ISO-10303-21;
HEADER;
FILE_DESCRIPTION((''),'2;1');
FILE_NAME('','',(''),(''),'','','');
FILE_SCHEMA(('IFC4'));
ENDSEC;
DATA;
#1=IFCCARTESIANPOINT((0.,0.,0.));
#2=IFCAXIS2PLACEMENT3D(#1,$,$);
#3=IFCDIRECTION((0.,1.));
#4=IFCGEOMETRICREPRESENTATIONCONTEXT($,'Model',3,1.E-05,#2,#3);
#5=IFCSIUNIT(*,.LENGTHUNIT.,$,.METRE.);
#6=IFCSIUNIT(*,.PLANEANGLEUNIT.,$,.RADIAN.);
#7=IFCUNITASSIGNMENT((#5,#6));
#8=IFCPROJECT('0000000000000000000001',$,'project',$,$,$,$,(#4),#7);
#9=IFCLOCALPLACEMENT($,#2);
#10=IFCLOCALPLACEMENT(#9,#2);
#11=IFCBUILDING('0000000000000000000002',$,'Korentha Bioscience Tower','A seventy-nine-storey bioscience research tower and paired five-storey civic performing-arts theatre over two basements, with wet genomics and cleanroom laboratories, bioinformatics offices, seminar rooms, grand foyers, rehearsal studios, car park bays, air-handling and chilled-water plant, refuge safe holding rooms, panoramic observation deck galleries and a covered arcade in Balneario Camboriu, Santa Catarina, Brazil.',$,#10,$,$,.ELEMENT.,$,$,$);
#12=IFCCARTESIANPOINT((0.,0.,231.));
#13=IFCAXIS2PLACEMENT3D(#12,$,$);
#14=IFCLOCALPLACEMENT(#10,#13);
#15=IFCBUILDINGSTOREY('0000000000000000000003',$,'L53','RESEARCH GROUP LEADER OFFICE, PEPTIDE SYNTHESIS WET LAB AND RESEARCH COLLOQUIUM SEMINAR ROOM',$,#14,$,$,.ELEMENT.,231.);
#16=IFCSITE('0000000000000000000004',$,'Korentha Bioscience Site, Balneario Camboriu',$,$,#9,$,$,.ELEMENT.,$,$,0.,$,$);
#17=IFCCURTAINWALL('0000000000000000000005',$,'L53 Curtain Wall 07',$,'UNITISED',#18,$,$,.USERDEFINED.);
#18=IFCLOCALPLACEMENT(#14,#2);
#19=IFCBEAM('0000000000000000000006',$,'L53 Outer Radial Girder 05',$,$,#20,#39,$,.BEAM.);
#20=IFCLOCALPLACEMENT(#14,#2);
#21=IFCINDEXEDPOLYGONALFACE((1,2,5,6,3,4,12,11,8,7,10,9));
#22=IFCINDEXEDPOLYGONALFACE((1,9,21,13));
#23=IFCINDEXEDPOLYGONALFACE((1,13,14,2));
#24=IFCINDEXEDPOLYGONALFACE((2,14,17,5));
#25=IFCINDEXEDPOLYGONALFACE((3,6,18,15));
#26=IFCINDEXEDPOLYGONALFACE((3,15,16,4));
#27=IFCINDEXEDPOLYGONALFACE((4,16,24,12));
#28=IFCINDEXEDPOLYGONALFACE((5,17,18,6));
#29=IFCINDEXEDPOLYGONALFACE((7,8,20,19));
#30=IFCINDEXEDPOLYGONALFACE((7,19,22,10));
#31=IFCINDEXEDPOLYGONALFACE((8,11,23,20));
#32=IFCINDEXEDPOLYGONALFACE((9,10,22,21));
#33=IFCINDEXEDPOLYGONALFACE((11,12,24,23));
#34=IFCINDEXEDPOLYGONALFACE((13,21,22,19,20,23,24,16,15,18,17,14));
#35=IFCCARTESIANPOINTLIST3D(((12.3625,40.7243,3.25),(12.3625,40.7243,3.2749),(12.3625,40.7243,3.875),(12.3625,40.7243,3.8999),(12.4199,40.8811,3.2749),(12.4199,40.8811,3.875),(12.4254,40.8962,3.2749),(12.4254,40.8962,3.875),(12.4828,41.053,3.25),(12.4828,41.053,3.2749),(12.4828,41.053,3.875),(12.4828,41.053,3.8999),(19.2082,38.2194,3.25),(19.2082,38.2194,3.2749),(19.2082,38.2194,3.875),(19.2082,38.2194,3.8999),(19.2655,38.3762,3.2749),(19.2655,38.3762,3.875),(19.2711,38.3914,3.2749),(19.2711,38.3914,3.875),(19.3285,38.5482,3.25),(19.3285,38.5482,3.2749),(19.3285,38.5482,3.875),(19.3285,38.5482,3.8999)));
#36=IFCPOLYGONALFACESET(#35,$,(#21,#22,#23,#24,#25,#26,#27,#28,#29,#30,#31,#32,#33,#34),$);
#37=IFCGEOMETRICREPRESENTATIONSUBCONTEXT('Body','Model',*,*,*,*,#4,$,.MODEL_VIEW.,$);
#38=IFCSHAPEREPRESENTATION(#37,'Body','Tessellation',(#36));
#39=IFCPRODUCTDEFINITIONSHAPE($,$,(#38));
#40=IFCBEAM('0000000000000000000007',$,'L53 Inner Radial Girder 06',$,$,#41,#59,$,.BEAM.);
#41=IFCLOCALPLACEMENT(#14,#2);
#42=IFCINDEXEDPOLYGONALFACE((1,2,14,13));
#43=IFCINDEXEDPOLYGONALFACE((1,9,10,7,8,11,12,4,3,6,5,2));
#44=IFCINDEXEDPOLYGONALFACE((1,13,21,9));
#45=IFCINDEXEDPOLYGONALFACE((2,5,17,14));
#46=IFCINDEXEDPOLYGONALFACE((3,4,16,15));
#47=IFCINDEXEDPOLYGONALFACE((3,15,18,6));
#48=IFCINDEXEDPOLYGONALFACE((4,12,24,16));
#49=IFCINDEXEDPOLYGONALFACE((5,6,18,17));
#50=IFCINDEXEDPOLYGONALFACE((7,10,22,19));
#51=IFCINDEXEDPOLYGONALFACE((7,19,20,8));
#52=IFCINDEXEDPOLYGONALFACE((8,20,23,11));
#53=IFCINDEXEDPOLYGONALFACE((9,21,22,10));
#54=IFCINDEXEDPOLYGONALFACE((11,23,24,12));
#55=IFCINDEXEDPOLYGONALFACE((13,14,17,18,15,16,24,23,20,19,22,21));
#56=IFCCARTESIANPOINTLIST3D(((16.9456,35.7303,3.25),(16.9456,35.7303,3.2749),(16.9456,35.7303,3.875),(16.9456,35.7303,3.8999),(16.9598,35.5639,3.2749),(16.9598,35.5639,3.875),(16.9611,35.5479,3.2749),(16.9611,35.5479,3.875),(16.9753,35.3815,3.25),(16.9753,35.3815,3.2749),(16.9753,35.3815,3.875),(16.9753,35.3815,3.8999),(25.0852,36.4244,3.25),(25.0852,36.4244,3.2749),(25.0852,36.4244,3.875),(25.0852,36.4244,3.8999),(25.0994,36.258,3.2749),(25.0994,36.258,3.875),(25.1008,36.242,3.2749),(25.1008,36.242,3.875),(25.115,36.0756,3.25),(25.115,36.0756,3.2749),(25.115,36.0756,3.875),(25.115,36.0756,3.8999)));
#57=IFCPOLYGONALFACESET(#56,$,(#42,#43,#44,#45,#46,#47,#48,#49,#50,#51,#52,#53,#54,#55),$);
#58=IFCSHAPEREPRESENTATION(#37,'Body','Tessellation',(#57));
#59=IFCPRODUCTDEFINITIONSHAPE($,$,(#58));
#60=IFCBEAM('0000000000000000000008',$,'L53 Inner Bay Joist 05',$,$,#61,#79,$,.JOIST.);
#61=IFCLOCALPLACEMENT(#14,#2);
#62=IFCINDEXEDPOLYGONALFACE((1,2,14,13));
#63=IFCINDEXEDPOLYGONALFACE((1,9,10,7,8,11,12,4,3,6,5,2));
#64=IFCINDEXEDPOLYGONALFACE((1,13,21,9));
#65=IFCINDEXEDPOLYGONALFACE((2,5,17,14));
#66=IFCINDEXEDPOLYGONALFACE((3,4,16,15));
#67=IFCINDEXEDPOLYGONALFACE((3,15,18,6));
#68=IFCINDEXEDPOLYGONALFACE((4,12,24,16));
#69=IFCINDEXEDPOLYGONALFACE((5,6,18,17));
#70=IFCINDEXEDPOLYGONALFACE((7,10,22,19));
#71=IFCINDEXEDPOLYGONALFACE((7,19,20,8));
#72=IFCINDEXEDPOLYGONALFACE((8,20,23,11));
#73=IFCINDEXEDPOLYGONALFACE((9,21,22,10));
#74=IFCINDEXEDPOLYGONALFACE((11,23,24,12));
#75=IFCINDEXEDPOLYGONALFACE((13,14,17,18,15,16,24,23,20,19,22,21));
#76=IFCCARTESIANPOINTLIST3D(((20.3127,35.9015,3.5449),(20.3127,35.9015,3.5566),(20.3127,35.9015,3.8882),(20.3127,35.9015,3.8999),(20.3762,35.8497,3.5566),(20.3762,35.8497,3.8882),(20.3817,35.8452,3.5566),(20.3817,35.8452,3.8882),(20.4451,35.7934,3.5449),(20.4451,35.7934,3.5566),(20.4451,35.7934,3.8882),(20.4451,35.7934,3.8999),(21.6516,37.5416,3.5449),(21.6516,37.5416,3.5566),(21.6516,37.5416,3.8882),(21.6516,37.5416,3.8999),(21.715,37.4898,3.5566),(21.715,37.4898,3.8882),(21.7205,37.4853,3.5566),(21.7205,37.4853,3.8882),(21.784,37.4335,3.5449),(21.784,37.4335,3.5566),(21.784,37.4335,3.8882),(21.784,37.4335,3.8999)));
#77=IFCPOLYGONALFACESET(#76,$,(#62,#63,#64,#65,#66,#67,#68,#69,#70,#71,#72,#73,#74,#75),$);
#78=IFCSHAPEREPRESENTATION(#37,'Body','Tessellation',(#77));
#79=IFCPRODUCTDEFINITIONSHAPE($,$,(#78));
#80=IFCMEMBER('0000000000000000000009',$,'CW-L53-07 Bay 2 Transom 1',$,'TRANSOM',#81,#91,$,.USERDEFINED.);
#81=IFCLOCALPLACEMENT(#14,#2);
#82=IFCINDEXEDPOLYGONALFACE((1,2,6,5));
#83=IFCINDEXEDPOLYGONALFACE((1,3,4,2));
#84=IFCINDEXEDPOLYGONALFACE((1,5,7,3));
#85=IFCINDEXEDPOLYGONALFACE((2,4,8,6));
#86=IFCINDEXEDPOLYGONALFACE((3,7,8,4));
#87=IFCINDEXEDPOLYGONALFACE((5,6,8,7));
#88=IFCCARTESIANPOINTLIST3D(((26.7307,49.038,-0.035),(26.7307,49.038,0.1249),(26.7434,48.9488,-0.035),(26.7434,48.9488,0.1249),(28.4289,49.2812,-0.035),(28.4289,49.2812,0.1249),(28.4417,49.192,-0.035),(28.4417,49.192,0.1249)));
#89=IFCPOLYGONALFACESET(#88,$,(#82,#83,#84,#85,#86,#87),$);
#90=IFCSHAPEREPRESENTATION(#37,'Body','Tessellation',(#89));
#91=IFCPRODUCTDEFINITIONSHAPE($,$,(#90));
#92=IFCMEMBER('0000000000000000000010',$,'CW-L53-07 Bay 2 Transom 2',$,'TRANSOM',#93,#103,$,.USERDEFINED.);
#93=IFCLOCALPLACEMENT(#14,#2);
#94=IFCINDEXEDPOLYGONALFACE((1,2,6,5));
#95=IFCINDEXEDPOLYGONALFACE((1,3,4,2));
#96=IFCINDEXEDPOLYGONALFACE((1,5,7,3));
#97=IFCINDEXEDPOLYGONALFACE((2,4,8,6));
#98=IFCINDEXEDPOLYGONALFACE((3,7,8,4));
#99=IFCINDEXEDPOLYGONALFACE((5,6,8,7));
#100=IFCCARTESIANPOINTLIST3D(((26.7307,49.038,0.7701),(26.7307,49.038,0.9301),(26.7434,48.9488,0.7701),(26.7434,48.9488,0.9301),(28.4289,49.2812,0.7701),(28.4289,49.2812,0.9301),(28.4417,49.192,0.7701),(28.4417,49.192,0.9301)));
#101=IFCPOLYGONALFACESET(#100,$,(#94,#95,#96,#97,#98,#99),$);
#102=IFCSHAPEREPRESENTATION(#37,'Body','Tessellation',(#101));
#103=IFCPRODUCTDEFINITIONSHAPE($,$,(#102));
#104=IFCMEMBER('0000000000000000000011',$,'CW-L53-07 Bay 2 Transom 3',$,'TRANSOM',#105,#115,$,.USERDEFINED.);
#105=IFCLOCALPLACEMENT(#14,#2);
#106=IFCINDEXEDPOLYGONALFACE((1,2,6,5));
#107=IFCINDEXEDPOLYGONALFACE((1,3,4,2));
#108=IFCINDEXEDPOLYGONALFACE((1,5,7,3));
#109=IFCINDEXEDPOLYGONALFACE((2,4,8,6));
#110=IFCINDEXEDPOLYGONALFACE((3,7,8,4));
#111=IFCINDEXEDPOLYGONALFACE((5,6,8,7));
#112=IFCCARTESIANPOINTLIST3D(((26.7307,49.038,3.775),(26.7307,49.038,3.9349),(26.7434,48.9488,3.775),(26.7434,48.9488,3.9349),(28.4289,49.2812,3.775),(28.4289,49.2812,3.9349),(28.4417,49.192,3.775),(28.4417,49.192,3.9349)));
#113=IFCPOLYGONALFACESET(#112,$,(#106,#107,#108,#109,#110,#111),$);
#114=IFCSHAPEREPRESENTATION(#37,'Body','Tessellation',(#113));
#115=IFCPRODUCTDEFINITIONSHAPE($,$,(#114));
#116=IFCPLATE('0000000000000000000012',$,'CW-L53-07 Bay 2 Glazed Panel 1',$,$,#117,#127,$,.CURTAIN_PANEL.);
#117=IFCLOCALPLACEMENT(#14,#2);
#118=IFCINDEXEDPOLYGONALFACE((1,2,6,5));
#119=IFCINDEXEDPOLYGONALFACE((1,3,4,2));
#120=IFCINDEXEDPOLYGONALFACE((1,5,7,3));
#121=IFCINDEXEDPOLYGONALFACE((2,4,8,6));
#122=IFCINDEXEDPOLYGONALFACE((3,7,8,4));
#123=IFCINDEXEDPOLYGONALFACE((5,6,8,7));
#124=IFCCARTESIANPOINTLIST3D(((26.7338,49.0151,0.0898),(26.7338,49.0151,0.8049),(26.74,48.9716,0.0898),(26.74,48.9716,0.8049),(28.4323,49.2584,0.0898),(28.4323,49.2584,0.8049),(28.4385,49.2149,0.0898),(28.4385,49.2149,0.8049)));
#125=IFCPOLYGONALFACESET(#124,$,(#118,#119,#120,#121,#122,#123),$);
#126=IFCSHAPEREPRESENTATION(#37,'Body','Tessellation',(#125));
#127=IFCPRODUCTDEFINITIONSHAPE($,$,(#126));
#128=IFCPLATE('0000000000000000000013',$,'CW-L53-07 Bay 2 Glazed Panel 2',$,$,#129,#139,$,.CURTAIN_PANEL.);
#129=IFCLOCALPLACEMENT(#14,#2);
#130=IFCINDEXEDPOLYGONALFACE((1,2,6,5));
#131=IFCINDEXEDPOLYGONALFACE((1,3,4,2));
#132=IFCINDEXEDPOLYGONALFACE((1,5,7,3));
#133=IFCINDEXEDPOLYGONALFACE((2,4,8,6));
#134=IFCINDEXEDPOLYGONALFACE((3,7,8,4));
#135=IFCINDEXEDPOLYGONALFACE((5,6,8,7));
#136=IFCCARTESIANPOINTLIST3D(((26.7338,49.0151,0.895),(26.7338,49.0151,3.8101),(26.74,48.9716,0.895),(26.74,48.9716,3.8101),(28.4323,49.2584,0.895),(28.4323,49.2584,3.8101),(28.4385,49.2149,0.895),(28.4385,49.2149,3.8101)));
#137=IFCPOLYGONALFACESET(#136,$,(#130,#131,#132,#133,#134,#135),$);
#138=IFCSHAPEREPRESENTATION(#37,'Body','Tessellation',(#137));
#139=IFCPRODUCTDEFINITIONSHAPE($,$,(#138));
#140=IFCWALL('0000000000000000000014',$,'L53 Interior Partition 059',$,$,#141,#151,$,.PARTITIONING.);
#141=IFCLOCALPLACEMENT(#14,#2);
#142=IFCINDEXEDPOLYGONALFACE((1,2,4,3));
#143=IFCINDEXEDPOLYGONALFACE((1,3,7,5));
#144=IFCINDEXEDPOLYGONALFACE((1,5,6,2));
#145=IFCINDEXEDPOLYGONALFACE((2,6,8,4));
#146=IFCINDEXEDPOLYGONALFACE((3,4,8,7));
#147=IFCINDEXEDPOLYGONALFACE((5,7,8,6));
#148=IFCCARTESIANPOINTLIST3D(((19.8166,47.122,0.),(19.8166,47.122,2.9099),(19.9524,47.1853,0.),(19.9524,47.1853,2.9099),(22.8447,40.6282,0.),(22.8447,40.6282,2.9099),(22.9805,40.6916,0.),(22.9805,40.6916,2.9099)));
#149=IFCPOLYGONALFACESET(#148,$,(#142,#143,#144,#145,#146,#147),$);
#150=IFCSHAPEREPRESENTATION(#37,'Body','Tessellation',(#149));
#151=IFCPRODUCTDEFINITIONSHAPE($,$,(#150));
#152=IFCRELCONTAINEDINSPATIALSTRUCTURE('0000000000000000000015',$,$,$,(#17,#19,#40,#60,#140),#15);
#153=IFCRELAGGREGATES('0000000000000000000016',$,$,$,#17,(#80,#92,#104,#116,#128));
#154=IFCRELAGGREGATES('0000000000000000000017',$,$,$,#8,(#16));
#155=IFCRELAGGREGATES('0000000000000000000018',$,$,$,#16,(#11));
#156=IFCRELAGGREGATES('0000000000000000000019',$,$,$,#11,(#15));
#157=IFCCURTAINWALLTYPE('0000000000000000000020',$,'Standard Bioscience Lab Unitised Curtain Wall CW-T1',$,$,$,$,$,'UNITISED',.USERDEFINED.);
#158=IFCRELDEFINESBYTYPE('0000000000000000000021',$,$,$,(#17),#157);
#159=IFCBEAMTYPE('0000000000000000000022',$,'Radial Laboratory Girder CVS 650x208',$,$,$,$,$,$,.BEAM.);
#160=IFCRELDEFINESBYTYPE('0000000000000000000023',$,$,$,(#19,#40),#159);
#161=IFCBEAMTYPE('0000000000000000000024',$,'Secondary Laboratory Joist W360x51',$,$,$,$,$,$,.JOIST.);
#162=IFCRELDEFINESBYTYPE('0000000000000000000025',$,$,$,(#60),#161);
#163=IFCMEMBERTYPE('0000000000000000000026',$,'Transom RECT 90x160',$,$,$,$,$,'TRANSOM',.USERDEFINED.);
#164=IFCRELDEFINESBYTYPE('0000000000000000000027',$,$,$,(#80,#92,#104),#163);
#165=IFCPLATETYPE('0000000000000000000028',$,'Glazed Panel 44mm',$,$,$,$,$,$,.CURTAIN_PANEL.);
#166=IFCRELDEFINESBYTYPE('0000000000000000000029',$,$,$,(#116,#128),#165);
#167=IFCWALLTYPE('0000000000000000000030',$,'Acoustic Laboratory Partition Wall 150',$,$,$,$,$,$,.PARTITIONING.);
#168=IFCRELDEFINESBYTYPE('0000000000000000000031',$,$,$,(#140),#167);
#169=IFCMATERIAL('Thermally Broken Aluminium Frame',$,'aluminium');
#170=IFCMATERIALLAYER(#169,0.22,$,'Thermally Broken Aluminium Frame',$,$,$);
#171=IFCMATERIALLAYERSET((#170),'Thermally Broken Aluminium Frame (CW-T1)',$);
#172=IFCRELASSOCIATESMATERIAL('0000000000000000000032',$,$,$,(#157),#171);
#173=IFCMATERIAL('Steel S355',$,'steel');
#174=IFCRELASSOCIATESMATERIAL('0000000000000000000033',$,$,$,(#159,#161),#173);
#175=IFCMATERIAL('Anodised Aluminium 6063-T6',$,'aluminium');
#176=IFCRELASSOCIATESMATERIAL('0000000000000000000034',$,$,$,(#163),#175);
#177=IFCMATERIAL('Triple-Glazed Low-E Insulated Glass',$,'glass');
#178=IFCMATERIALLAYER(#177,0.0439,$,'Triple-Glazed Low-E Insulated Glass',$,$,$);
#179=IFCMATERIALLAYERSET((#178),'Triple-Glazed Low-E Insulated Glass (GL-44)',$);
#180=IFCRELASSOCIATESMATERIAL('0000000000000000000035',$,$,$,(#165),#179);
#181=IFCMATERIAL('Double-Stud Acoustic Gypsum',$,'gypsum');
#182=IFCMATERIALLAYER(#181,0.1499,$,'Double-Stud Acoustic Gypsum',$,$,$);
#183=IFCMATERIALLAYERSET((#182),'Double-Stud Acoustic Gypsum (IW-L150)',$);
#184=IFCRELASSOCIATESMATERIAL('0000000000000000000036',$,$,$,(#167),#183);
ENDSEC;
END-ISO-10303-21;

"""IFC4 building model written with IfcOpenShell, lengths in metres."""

from ifc_helpers import new_model, si_unit, direction, frame, frame_2d, origin, origin_2d, place, context, subcontext, project, spatial, rectangle, i_section, extrude, material, layer, layer_set, material_profile, profile_set, type_object, element, aggregate, save


model = new_model("IFC4")

# Units and contexts
model_context = context("Model", 3, precision=1e-05, world=origin(), true_north=direction((0.0, 1.0)))
body_context = subcontext(model_context, "Body", "Model", "MODEL_VIEW")
ifc_project = project(units=[si_unit("LENGTHUNIT", "METRE"), si_unit("PLANEANGLEUNIT", "RADIAN")], contexts=[model_context])

# Site, building, storey
site_placement = place(None, origin())
site = spatial("IfcSite", under=ifc_project, at=site_placement, Name="Korentha Bioscience Site, Balneario Camboriu", CompositionType="ELEMENT", RefElevation=0.0)
building_placement = place(site_placement, origin())
building = spatial("IfcBuilding", under=site, at=building_placement, Name="Korentha Bioscience Tower", Description="A seventy-nine-storey bioscience research tower and paired five-storey civic performing-arts theatre over two basements, with wet genomics and cleanroom laboratories, bioinformatics offices, seminar rooms, grand foyers, rehearsal studios, car park bays, air-handling and chilled-water plant, refuge safe holding rooms, panoramic observation deck galleries and a covered arcade in Balneario Camboriu, Santa Catarina, Brazil.", CompositionType="ELEMENT")
storey_placement = place(building_placement, frame((0.0, 0.0, 231.0)))
storey = spatial("IfcBuildingStorey", under=building, at=storey_placement, Name="L53", Description="RESEARCH GROUP LEADER OFFICE, PEPTIDE SYNTHESIS WET LAB AND RESEARCH COLLOQUIUM SEMINAR ROOM", CompositionType="ELEMENT", Elevation=231.0)

# Shared definitions
ifc_material_1 = material(Name="Steel S355", Category="steel")

# Curtain wall
ifc_material_2 = material(Name="Thermally Broken Aluminium Frame", Category="aluminium")
ifc_layer_1 = layer(ifc_material_2, 0.22, Name="Thermally Broken Aluminium Frame")
ifc_layer_set_1 = layer_set([ifc_layer_1], Name="Thermally Broken Aluminium Frame (CW-T1)")
curtain_wall_type = type_object("IfcCurtainWallType", Name="Standard Bioscience Lab Unitised Curtain Wall CW-T1", ElementType="UNITISED", PredefinedType="USERDEFINED", material=ifc_layer_set_1)
curtain_wall_placement = place(storey_placement, origin())
curtain_wall = element("IfcCurtainWall", 1, at=curtain_wall_placement, inside=storey, type_object=curtain_wall_type, Name="L53 Curtain Wall 07", ObjectType="UNITISED", PredefinedType="USERDEFINED")
ifc_material_3 = material(Name="Anodised Aluminium 6063-T6", Category="aluminium")

# Beams
ifc_material_profile_1 = material_profile(ifc_material_1, i_section(OverallWidth=0.3501, OverallDepth=0.6499, WebThickness=0.0161, FlangeThickness=0.0249, at=origin_2d()), Name="Steel S355")
ifc_profile_set_1 = profile_set([ifc_material_profile_1], Name="Steel S355 (RB-650)")
beam_type_1 = type_object("IfcBeamType", Name="Radial Laboratory Girder CVS 650x208", PredefinedType="BEAM", material=ifc_profile_set_1)
beam_1_placement = place(storey_placement, frame((19.2683, 38.3838, 3.575), z_axis=(-0.939107, 0.343625, 0.0), x_axis=(-0.343625, -0.939107, 0.0)))
element("IfcBeam", 2, at=beam_1_placement, inside=storey, type_object=beam_type_1, Name="L53 Outer Radial Girder 05", PredefinedType="BEAM", context=body_context, shape_type="SweptSolid", body=[
    extrude(i_section(OverallWidth=0.3501, OverallDepth=0.6499, WebThickness=0.0161, FlangeThickness=0.0249, at=origin_2d()), origin(), (0.0, 0.0, 1.0), 7.2896),
])
beam_2_placement = place(storey_placement, frame((25.1001, 36.25, 3.575), z_axis=(-0.996384, -0.084965, 0.0), x_axis=(0.084965, -0.996384, 0.0)))
element("IfcBeam", 3, at=beam_2_placement, inside=storey, type_object=beam_type_1, Name="L53 Inner Radial Girder 06", PredefinedType="BEAM", context=body_context, shape_type="SweptSolid", body=[
    extrude(i_section(OverallWidth=0.3501, OverallDepth=0.6499, WebThickness=0.0161, FlangeThickness=0.0249, at=origin_2d()), origin(), (0.0, 0.0, 1.0), 8.1692),
])
ifc_material_profile_2 = material_profile(ifc_material_1, i_section(OverallWidth=0.1709, OverallDepth=0.355, WebThickness=0.0071, FlangeThickness=0.0117, at=origin_2d()), Name="Steel S355")
ifc_profile_set_2 = profile_set([ifc_material_profile_2], Name="Steel S355 (JB-360)")
beam_type_2 = type_object("IfcBeamType", Name="Secondary Laboratory Joist W360x51", PredefinedType="JOIST", material=ifc_profile_set_2)
beam_3_placement = place(storey_placement, frame((21.7178, 37.4875, 3.7224), z_axis=(-0.632371, -0.774666, 0.0), x_axis=(0.774666, -0.632371, 0.0)))
element("IfcBeam", 4, at=beam_3_placement, inside=storey, type_object=beam_type_2, Name="L53 Inner Bay Joist 05", PredefinedType="JOIST", context=body_context, shape_type="SweptSolid", body=[
    extrude(i_section(OverallWidth=0.1709, OverallDepth=0.355, WebThickness=0.0071, FlangeThickness=0.0117, at=origin_2d()), origin(), (0.0, 0.0, 1.0), 2.1172),
])

# Members
ifc_material_profile_3 = material_profile(ifc_material_3, rectangle(XDim=0.0901, YDim=0.1599, at=origin_2d()), Name="Anodised Aluminium 6063-T6")
ifc_profile_set_3 = profile_set([ifc_material_profile_3], Name="Anodised Aluminium 6063-T6 (CW-TRN)")
member_type_1 = type_object("IfcMemberType", Name="Transom RECT 90x160", ElementType="TRANSOM", PredefinedType="USERDEFINED", material=ifc_profile_set_3)
member_1_placement = place(storey_placement, frame((28.4353, 49.2366, 0.0449), z_axis=(-0.989904, -0.14174, 0.0), x_axis=(0.14174, -0.989904, 0.0)))
member_1 = element("IfcMember", 5, at=member_1_placement, type_object=member_type_1, Name="CW-L53-07 Bay 2 Transom 1", ObjectType="TRANSOM", PredefinedType="USERDEFINED", context=body_context, shape_type="SweptSolid", body=[
    extrude(rectangle(XDim=0.0901, YDim=0.1599, at=origin_2d()), origin(), (0.0, 0.0, 1.0), 1.7156),
])
member_2_placement = place(storey_placement, frame((28.4353, 49.2366, 0.8501), z_axis=(-0.989904, -0.14174, 0.0), x_axis=(0.14174, -0.989904, 0.0)))
member_2 = element("IfcMember", 6, at=member_2_placement, type_object=member_type_1, Name="CW-L53-07 Bay 2 Transom 2", ObjectType="TRANSOM", PredefinedType="USERDEFINED", context=body_context, shape_type="SweptSolid", body=[
    extrude(rectangle(XDim=0.0901, YDim=0.1599, at=origin_2d()), origin(), (0.0, 0.0, 1.0), 1.7156),
])
member_3_placement = place(storey_placement, frame((28.4353, 49.2366, 3.855), z_axis=(-0.989904, -0.14174, 0.0), x_axis=(0.14174, -0.989904, 0.0)))
member_3 = element("IfcMember", 7, at=member_3_placement, type_object=member_type_1, Name="CW-L53-07 Bay 2 Transom 3", ObjectType="TRANSOM", PredefinedType="USERDEFINED", context=body_context, shape_type="SweptSolid", body=[
    extrude(rectangle(XDim=0.0901, YDim=0.1599, at=origin_2d()), origin(), (0.0, 0.0, 1.0), 1.7156),
])

# Plates
ifc_material_4 = material(Name="Triple-Glazed Low-E Insulated Glass", Category="glass")
ifc_layer_2 = layer(ifc_material_4, 0.0439, Name="Triple-Glazed Low-E Insulated Glass")
ifc_layer_set_2 = layer_set([ifc_layer_2], Name="Triple-Glazed Low-E Insulated Glass (GL-44)")
plate_type = type_object("IfcPlateType", Name="Glazed Panel 44mm", PredefinedType="CURTAIN_PANEL", material=ifc_layer_set_2)
plate_1_placement = place(storey_placement, frame((27.5862, 49.115, 0.0898), z_axis=(0.0, 0.0, 1.0), x_axis=(-0.989902, -0.141754, 0.0)))
plate_1 = element("IfcPlate", 8, at=plate_1_placement, type_object=plate_type, Name="CW-L53-07 Bay 2 Glazed Panel 1", PredefinedType="CURTAIN_PANEL", context=body_context, shape_type="SweptSolid", body=[
    extrude(rectangle(XDim=1.7158, YDim=0.0439, at=origin_2d()), origin(), (0.0, 0.0, 1.0), 0.7151),
])
plate_2_placement = place(storey_placement, frame((27.5862, 49.115, 0.895), z_axis=(0.0, 0.0, 1.0), x_axis=(-0.989902, -0.141754, 0.0)))
plate_2 = element("IfcPlate", 9, at=plate_2_placement, type_object=plate_type, Name="CW-L53-07 Bay 2 Glazed Panel 2", PredefinedType="CURTAIN_PANEL", context=body_context, shape_type="SweptSolid", body=[
    extrude(rectangle(XDim=1.7158, YDim=0.0439, at=origin_2d()), origin(), (0.0, 0.0, 1.0), 2.915),
])
aggregate(curtain_wall, [member_1, member_2, member_3, plate_1, plate_2])

# Wall
ifc_material_5 = material(Name="Double-Stud Acoustic Gypsum", Category="gypsum")
ifc_layer_3 = layer(ifc_material_5, 0.1499, Name="Double-Stud Acoustic Gypsum")
ifc_layer_set_3 = layer_set([ifc_layer_3], Name="Double-Stud Acoustic Gypsum (IW-L150)")
wall_type_1 = type_object("IfcWallType", Name="Acoustic Laboratory Partition Wall 150", PredefinedType="PARTITIONING", material=ifc_layer_set_3)
wall_1_placement = place(storey_placement, frame((22.9126, 40.6599, 0.0), z_axis=(0.0, 0.0, 1.0), x_axis=(-0.422622, 0.906306, 0.0)))
element("IfcWall", 10, at=wall_1_placement, inside=storey, type_object=wall_type_1, Name="L53 Interior Partition 059", PredefinedType="PARTITIONING", context=body_context, shape_type="SweptSolid", body=[
    extrude(rectangle(XDim=7.165, YDim=0.1499, at=frame_2d((3.5825, 0.0))), origin(), (0.0, 0.0, 1.0), 2.9099),
])

save(model, "model.ifc")
